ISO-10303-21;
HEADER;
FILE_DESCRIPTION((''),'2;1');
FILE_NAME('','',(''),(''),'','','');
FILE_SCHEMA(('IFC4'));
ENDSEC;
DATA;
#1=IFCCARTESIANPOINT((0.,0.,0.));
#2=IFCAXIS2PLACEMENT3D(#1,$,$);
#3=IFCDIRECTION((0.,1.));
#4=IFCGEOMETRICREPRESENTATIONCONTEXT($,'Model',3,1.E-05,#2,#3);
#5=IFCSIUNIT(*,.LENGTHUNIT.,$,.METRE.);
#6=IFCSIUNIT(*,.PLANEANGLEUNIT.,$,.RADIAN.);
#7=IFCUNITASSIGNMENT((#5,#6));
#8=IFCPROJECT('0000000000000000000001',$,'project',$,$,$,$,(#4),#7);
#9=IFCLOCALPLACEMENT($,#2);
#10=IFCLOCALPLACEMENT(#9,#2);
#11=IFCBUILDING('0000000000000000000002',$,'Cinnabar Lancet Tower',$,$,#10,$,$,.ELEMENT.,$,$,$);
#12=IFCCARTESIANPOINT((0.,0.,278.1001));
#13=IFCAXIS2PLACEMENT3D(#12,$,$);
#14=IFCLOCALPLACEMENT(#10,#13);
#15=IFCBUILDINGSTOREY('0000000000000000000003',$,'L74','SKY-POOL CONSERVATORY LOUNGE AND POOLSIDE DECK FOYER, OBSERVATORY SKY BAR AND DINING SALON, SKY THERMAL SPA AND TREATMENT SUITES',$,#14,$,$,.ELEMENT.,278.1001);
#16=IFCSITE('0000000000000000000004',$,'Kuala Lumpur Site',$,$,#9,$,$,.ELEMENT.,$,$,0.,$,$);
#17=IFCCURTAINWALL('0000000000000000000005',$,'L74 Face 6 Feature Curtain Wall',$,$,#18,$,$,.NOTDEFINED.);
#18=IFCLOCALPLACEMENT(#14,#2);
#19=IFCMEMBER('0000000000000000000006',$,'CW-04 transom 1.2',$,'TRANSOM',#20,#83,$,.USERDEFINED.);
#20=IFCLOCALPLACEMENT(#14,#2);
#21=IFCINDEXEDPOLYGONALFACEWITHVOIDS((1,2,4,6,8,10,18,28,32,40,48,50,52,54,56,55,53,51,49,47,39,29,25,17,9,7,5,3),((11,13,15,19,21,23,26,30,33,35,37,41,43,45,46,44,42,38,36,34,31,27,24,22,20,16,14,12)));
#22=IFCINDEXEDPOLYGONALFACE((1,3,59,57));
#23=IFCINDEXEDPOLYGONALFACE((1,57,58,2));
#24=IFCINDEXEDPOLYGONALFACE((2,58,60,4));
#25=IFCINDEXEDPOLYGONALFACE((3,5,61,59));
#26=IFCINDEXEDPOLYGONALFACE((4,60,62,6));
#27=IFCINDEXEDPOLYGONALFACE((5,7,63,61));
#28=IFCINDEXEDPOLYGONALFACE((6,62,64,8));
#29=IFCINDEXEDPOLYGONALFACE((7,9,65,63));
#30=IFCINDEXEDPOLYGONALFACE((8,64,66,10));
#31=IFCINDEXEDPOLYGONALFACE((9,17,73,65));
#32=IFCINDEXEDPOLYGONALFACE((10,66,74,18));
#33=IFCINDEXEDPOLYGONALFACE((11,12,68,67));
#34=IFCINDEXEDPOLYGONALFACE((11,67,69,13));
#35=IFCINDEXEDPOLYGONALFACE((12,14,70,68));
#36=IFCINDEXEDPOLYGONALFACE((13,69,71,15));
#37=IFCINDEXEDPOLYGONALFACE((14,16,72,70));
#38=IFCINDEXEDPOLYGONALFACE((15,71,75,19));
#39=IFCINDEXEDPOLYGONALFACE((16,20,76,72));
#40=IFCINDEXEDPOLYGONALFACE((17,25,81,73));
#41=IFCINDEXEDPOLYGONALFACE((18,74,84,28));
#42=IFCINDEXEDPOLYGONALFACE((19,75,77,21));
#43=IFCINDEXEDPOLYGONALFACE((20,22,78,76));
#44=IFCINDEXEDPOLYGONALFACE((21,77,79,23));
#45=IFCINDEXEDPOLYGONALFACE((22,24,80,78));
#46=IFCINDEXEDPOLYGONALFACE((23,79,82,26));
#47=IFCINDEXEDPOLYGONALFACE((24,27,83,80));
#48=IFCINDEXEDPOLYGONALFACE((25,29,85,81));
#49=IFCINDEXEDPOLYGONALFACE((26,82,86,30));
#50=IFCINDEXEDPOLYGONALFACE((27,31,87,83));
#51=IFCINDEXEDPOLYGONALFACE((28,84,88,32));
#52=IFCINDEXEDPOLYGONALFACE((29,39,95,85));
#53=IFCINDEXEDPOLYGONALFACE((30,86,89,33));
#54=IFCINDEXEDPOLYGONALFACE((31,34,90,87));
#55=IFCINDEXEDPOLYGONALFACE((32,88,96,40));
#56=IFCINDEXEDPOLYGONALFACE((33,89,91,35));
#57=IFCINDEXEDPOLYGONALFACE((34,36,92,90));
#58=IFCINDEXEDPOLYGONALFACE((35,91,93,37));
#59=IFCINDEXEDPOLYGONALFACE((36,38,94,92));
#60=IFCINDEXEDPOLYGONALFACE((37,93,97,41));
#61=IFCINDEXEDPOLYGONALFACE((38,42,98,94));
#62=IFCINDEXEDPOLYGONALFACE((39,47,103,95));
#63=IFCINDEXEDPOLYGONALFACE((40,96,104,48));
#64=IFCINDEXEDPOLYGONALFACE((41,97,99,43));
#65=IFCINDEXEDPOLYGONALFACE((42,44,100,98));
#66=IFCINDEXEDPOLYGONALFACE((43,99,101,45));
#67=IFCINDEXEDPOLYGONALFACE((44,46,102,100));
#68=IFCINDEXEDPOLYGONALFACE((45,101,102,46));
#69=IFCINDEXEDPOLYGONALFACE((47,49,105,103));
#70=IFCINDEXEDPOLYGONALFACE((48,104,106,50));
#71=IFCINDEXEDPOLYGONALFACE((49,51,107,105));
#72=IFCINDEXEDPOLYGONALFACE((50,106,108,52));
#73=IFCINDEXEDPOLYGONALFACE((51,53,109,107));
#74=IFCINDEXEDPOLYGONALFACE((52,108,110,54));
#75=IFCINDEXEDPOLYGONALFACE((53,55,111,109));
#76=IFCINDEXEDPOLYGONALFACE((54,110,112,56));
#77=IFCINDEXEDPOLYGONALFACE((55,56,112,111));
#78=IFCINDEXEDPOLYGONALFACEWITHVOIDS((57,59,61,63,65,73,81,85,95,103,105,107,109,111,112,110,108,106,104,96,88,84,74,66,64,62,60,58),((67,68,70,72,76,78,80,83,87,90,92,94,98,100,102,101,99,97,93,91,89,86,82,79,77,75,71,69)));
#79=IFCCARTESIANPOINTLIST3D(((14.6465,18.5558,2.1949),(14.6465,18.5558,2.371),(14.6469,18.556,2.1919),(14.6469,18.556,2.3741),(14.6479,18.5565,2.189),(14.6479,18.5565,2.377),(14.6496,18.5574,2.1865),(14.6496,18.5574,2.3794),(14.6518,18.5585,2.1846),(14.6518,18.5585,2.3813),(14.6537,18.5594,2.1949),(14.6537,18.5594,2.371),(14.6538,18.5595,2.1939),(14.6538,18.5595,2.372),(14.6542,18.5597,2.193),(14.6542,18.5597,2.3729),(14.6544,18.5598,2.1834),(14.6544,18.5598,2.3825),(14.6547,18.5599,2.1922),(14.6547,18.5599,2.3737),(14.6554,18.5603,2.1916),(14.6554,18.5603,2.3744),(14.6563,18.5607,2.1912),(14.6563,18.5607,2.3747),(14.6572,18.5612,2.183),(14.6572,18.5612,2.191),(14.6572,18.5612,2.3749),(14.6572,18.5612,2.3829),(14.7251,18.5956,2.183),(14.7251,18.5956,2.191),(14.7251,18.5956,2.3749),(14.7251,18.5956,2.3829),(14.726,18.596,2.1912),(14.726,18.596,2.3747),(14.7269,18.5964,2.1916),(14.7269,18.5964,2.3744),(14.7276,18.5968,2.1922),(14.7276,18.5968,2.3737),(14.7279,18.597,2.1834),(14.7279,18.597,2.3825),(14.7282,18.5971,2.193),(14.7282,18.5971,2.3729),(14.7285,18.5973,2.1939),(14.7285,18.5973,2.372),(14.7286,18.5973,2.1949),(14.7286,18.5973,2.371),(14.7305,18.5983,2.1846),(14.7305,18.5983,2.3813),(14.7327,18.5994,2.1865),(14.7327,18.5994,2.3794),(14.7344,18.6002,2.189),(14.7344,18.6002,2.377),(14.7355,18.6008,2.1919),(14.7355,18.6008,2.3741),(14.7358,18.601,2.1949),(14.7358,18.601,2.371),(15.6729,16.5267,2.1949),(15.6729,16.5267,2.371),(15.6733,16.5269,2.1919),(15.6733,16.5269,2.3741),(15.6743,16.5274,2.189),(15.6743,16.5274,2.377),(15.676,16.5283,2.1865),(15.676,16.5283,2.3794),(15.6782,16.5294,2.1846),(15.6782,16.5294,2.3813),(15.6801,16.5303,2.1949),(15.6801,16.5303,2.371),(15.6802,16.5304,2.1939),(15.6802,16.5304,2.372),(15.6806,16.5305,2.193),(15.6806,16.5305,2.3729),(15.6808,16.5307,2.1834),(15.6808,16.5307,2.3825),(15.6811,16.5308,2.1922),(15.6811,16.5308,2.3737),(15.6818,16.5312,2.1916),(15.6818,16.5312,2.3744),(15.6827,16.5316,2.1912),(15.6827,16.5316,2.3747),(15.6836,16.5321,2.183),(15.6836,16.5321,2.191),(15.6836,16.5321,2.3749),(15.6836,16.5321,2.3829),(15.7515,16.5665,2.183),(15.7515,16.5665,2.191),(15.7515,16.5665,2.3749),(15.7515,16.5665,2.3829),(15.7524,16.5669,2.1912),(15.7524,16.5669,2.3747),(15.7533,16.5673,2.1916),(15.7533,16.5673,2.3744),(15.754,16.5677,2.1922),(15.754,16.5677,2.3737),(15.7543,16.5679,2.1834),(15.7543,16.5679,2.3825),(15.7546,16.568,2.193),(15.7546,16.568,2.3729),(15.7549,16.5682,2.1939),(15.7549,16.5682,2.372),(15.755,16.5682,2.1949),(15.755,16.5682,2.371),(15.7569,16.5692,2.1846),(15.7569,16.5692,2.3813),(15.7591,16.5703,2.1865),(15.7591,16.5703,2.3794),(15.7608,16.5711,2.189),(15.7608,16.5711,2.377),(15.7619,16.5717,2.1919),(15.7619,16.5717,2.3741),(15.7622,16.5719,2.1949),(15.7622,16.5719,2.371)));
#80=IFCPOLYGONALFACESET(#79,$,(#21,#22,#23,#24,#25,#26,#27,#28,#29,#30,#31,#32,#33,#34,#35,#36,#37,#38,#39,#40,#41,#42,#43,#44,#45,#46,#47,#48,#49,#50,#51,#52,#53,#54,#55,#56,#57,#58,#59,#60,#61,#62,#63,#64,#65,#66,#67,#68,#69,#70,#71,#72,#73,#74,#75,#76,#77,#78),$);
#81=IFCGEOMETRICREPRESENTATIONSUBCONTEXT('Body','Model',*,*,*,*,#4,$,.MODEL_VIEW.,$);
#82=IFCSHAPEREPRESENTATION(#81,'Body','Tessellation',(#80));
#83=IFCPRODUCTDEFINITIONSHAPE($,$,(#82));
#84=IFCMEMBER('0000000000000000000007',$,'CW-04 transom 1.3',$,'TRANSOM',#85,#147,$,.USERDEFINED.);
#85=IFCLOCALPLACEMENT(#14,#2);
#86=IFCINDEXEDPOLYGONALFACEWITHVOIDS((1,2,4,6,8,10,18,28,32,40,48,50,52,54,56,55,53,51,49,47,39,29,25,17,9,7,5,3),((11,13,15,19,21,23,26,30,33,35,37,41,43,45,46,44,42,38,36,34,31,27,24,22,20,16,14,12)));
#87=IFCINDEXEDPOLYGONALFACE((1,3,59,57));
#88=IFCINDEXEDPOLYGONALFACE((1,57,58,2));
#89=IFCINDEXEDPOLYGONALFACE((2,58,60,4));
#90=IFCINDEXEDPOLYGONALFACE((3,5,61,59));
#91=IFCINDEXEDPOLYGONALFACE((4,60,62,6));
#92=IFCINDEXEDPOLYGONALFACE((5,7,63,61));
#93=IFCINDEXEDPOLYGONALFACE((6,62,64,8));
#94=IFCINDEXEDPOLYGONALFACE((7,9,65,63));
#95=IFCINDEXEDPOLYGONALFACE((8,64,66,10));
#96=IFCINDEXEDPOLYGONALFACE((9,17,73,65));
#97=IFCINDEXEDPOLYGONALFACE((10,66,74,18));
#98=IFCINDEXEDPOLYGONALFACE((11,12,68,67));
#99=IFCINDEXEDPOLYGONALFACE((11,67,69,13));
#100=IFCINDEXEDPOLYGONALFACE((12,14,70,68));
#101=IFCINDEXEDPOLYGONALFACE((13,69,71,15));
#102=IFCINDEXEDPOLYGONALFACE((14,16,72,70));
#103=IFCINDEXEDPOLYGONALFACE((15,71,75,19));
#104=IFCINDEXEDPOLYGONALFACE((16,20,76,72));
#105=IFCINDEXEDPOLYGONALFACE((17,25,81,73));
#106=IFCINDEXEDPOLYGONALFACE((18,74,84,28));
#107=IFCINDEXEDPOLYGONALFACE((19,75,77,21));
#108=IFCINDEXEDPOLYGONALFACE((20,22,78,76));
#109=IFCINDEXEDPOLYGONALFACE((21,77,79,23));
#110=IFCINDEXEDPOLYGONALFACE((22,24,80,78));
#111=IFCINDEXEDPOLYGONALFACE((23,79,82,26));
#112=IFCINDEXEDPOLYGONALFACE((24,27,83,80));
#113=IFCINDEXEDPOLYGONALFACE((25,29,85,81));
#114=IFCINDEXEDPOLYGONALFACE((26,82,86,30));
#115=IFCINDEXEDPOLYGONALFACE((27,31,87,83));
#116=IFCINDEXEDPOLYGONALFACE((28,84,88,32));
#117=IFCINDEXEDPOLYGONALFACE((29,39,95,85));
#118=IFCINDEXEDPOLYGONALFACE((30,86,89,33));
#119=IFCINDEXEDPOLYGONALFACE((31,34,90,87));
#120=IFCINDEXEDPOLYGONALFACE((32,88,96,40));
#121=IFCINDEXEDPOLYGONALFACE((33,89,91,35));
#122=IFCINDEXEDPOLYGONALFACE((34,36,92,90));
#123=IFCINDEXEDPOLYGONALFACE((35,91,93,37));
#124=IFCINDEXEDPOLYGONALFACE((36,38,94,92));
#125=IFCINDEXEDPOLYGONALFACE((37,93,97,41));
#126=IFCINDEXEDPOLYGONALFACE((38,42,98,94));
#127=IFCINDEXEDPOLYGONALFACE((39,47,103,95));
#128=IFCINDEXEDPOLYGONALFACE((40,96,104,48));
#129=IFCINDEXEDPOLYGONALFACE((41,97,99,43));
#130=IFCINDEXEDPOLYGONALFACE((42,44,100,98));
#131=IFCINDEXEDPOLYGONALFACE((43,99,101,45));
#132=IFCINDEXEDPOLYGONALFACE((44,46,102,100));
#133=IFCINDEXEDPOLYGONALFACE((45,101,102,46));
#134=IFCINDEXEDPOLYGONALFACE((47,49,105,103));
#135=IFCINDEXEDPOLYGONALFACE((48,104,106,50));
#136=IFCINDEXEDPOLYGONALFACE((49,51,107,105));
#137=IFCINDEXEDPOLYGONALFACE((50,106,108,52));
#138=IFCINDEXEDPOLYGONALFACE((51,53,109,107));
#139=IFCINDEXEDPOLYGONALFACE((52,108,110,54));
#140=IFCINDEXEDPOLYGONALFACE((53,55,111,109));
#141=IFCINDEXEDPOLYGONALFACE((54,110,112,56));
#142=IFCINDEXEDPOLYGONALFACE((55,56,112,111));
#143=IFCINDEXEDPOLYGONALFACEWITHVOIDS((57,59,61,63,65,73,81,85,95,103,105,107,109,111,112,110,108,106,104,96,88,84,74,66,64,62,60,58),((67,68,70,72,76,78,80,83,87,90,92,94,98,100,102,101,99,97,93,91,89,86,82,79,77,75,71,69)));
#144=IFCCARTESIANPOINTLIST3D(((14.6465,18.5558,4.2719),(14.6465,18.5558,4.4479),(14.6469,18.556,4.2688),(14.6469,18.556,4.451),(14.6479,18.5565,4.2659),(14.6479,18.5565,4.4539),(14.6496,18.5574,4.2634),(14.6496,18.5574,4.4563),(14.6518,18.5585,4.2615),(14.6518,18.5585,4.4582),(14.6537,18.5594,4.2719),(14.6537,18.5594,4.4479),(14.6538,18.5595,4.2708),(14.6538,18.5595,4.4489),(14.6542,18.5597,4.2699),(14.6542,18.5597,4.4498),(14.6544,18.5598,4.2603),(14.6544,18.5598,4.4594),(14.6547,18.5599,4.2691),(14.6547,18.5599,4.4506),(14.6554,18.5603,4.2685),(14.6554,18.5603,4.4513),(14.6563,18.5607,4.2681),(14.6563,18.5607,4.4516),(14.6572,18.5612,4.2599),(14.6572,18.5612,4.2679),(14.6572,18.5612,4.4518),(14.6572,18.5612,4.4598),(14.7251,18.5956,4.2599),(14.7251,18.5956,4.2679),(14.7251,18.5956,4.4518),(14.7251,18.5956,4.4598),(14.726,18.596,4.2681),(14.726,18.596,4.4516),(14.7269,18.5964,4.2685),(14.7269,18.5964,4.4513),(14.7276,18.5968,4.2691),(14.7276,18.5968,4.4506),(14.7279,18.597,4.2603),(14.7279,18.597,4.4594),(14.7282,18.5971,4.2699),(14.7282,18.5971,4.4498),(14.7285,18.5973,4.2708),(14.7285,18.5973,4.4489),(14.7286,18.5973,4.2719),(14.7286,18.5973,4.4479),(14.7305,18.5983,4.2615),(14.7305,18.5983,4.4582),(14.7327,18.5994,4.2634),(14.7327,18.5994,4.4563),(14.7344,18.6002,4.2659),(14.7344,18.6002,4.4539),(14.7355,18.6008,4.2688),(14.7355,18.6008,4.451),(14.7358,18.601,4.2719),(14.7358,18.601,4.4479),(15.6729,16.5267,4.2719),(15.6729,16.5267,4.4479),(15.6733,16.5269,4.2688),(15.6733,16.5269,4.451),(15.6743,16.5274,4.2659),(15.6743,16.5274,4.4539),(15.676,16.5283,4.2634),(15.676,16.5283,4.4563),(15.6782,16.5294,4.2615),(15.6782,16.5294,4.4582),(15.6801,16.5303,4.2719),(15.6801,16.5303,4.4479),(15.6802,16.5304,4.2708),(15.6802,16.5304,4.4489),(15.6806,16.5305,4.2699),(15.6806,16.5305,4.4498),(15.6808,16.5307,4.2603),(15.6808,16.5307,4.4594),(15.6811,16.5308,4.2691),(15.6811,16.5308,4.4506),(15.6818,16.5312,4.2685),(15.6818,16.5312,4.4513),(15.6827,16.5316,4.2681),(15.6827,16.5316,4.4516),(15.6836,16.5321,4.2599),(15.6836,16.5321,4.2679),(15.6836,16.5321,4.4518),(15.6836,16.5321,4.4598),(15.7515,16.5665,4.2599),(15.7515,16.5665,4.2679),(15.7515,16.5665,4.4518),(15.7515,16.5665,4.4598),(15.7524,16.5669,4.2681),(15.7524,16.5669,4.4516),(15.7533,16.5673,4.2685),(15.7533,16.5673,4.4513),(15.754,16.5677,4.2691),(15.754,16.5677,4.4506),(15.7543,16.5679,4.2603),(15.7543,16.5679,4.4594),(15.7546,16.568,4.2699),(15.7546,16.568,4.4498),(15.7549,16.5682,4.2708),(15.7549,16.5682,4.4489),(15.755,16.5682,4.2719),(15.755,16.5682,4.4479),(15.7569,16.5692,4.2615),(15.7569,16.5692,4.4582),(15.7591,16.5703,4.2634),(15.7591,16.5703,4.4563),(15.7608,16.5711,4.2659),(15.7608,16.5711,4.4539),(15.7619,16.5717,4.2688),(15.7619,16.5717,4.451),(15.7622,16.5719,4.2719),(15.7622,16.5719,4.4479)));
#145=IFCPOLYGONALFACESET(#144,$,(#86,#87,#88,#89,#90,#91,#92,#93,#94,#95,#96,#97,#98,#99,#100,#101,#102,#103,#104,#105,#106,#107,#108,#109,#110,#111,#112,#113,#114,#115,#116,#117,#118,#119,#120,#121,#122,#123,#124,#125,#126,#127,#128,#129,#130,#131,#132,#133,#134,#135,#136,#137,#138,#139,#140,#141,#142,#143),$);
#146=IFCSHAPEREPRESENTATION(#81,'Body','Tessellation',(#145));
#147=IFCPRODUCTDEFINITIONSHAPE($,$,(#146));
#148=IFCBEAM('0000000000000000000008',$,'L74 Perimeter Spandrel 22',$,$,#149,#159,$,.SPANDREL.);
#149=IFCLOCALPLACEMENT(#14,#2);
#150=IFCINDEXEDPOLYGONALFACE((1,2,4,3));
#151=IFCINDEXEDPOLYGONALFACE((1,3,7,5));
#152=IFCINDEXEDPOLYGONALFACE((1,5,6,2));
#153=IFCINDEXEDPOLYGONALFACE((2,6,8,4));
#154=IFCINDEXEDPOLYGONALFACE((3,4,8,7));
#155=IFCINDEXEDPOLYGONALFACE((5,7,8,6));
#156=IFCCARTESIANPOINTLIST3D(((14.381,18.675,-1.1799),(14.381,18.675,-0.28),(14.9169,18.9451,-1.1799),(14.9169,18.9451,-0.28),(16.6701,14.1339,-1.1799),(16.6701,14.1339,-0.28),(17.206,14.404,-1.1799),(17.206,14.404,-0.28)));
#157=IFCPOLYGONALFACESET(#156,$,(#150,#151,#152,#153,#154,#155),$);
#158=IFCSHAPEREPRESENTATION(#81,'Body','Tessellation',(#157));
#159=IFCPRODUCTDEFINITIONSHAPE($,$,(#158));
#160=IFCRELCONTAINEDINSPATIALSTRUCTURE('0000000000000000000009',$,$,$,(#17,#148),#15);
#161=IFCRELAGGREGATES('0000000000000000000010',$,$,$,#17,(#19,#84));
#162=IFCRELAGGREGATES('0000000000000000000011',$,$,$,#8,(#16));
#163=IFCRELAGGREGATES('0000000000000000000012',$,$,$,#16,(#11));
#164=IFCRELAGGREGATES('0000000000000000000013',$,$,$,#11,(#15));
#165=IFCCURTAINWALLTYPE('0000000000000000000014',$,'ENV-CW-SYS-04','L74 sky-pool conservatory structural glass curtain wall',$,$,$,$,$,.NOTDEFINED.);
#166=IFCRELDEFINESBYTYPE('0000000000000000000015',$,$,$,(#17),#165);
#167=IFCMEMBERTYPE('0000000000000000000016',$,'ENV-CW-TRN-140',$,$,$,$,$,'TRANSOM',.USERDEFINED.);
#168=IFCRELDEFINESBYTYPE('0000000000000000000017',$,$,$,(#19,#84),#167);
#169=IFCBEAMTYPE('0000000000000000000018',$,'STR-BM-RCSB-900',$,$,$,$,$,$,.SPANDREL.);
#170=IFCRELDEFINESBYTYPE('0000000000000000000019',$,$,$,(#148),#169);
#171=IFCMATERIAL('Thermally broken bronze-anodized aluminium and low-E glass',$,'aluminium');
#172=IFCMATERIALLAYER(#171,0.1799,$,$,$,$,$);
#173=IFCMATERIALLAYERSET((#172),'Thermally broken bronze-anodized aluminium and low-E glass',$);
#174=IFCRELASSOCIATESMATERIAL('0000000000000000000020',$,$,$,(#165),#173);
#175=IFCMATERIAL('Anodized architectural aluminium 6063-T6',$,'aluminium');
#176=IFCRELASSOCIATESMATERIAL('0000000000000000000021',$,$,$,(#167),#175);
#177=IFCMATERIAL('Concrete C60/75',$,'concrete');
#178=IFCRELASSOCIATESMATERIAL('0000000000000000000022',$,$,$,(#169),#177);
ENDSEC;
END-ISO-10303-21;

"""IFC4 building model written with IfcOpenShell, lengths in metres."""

from ifc_helpers import new_model, si_unit, direction, frame, origin, origin_2d, place, context, subcontext, project, spatial, rectangle, hollow_rectangle, extrude, material, layer, layer_set, material_profile, profile_set, type_object, element, aggregate, save


model = new_model("IFC4")

# Units and contexts
model_context = context("Model", 3, precision=1e-05, world=origin(), true_north=direction((0.0, 1.0)))
body_context = subcontext(model_context, "Body", "Model", "MODEL_VIEW")
ifc_project = project(units=[si_unit("LENGTHUNIT", "METRE"), si_unit("PLANEANGLEUNIT", "RADIAN")], contexts=[model_context])

# Site, building, storey
site_placement = place(None, origin())
site = spatial("IfcSite", under=ifc_project, at=site_placement, Name="Kuala Lumpur Site", CompositionType="ELEMENT", RefElevation=0.0)
building_placement = place(site_placement, origin())
building = spatial("IfcBuilding", under=site, at=building_placement, Name="Cinnabar Lancet Tower", CompositionType="ELEMENT")
storey_placement = place(building_placement, frame((0.0, 0.0, 278.1001)))
storey = spatial("IfcBuildingStorey", under=building, at=storey_placement, Name="L74", Description="SKY-POOL CONSERVATORY LOUNGE AND POOLSIDE DECK FOYER, OBSERVATORY SKY BAR AND DINING SALON, SKY THERMAL SPA AND TREATMENT SUITES", CompositionType="ELEMENT", Elevation=278.1001)

# Curtain wall, members
ifc_material_1 = material(Name="Thermally broken bronze-anodized aluminium and low-E glass", Category="aluminium")
ifc_layer_1 = layer(ifc_material_1, 0.1799)
ifc_layer_set_1 = layer_set([ifc_layer_1], Name="Thermally broken bronze-anodized aluminium and low-E glass")
curtain_wall_type = type_object("IfcCurtainWallType", Name="ENV-CW-SYS-04", Description="L74 sky-pool conservatory structural glass curtain wall", PredefinedType="NOTDEFINED", material=ifc_layer_set_1)
curtain_wall_placement = place(storey_placement, origin())
curtain_wall = element("IfcCurtainWall", 1, at=curtain_wall_placement, inside=storey, type_object=curtain_wall_type, Name="L74 Face 6 Feature Curtain Wall", PredefinedType="NOTDEFINED")
ifc_material_2 = material(Name="Anodized architectural aluminium 6063-T6", Category="aluminium")
ifc_material_profile_1 = material_profile(ifc_material_2, hollow_rectangle(XDim=0.1001, YDim=0.2, WallThickness=0.0081, InnerFilletRadius=0.0039, OuterFilletRadius=0.012, at=origin_2d()), Name="RHS 200x100x8")
ifc_profile_set_1 = profile_set([ifc_material_profile_1], Name="Anodized architectural aluminium 6063-T6")
member_type_1 = type_object("IfcMemberType", Name="ENV-CW-TRN-140", ElementType="TRANSOM", PredefinedType="USERDEFINED", material=ifc_profile_set_1)
member_1_placement = place(storey_placement, frame((14.6912, 18.5784, 2.283), z_axis=(0.451375, -0.892335, 0.0), x_axis=(0.892335, 0.451375, 0.0)))
member_1 = element("IfcMember", 2, at=member_1_placement, type_object=member_type_1, Name="CW-04 transom 1.2", ObjectType="TRANSOM", PredefinedType="USERDEFINED", context=body_context, shape_type="SweptSolid", body=[
    extrude(hollow_rectangle(XDim=0.1001, YDim=0.2, WallThickness=0.0081, InnerFilletRadius=0.0039, OuterFilletRadius=0.012, at=origin_2d()), origin(), (0.0, 0.0, 1.0), 2.2739),
])
member_2_placement = place(storey_placement, frame((14.6912, 18.5784, 4.3599), z_axis=(0.451375, -0.892335, 0.0), x_axis=(0.892335, 0.451375, 0.0)))
member_2 = element("IfcMember", 3, at=member_2_placement, type_object=member_type_1, Name="CW-04 transom 1.3", ObjectType="TRANSOM", PredefinedType="USERDEFINED", context=body_context, shape_type="SweptSolid", body=[
    extrude(hollow_rectangle(XDim=0.1001, YDim=0.2, WallThickness=0.0081, InnerFilletRadius=0.0039, OuterFilletRadius=0.012, at=origin_2d()), origin(), (0.0, 0.0, 1.0), 2.2739),
])
aggregate(curtain_wall, [member_1, member_2])

# Beam
ifc_material_3 = material(Name="Concrete C60/75", Category="concrete")
ifc_material_profile_2 = material_profile(ifc_material_3, rectangle(XDim=0.6001, YDim=0.8999, at=origin_2d()), Name="RC-SB 600x900")
ifc_profile_set_2 = profile_set([ifc_material_profile_2], Name="Concrete C60/75")
beam_type_1 = type_object("IfcBeamType", Name="STR-BM-RCSB-900", PredefinedType="SPANDREL", material=ifc_profile_set_2)
beam_1_placement = place(storey_placement, frame((14.6489, 18.8101, -0.73), z_axis=(0.45013, -0.892963, 0.0), x_axis=(0.892963, 0.45013, 0.0)))
element("IfcBeam", 4, at=beam_1_placement, inside=storey, type_object=beam_type_1, Name="L74 Perimeter Spandrel 22", PredefinedType="SPANDREL", context=body_context, shape_type="SweptSolid", body=[
    extrude(rectangle(XDim=0.6001, YDim=0.8999, at=origin_2d()), origin(), (0.0, 0.0, 1.0), 5.0854),
])

save(model, "model.ifc")
